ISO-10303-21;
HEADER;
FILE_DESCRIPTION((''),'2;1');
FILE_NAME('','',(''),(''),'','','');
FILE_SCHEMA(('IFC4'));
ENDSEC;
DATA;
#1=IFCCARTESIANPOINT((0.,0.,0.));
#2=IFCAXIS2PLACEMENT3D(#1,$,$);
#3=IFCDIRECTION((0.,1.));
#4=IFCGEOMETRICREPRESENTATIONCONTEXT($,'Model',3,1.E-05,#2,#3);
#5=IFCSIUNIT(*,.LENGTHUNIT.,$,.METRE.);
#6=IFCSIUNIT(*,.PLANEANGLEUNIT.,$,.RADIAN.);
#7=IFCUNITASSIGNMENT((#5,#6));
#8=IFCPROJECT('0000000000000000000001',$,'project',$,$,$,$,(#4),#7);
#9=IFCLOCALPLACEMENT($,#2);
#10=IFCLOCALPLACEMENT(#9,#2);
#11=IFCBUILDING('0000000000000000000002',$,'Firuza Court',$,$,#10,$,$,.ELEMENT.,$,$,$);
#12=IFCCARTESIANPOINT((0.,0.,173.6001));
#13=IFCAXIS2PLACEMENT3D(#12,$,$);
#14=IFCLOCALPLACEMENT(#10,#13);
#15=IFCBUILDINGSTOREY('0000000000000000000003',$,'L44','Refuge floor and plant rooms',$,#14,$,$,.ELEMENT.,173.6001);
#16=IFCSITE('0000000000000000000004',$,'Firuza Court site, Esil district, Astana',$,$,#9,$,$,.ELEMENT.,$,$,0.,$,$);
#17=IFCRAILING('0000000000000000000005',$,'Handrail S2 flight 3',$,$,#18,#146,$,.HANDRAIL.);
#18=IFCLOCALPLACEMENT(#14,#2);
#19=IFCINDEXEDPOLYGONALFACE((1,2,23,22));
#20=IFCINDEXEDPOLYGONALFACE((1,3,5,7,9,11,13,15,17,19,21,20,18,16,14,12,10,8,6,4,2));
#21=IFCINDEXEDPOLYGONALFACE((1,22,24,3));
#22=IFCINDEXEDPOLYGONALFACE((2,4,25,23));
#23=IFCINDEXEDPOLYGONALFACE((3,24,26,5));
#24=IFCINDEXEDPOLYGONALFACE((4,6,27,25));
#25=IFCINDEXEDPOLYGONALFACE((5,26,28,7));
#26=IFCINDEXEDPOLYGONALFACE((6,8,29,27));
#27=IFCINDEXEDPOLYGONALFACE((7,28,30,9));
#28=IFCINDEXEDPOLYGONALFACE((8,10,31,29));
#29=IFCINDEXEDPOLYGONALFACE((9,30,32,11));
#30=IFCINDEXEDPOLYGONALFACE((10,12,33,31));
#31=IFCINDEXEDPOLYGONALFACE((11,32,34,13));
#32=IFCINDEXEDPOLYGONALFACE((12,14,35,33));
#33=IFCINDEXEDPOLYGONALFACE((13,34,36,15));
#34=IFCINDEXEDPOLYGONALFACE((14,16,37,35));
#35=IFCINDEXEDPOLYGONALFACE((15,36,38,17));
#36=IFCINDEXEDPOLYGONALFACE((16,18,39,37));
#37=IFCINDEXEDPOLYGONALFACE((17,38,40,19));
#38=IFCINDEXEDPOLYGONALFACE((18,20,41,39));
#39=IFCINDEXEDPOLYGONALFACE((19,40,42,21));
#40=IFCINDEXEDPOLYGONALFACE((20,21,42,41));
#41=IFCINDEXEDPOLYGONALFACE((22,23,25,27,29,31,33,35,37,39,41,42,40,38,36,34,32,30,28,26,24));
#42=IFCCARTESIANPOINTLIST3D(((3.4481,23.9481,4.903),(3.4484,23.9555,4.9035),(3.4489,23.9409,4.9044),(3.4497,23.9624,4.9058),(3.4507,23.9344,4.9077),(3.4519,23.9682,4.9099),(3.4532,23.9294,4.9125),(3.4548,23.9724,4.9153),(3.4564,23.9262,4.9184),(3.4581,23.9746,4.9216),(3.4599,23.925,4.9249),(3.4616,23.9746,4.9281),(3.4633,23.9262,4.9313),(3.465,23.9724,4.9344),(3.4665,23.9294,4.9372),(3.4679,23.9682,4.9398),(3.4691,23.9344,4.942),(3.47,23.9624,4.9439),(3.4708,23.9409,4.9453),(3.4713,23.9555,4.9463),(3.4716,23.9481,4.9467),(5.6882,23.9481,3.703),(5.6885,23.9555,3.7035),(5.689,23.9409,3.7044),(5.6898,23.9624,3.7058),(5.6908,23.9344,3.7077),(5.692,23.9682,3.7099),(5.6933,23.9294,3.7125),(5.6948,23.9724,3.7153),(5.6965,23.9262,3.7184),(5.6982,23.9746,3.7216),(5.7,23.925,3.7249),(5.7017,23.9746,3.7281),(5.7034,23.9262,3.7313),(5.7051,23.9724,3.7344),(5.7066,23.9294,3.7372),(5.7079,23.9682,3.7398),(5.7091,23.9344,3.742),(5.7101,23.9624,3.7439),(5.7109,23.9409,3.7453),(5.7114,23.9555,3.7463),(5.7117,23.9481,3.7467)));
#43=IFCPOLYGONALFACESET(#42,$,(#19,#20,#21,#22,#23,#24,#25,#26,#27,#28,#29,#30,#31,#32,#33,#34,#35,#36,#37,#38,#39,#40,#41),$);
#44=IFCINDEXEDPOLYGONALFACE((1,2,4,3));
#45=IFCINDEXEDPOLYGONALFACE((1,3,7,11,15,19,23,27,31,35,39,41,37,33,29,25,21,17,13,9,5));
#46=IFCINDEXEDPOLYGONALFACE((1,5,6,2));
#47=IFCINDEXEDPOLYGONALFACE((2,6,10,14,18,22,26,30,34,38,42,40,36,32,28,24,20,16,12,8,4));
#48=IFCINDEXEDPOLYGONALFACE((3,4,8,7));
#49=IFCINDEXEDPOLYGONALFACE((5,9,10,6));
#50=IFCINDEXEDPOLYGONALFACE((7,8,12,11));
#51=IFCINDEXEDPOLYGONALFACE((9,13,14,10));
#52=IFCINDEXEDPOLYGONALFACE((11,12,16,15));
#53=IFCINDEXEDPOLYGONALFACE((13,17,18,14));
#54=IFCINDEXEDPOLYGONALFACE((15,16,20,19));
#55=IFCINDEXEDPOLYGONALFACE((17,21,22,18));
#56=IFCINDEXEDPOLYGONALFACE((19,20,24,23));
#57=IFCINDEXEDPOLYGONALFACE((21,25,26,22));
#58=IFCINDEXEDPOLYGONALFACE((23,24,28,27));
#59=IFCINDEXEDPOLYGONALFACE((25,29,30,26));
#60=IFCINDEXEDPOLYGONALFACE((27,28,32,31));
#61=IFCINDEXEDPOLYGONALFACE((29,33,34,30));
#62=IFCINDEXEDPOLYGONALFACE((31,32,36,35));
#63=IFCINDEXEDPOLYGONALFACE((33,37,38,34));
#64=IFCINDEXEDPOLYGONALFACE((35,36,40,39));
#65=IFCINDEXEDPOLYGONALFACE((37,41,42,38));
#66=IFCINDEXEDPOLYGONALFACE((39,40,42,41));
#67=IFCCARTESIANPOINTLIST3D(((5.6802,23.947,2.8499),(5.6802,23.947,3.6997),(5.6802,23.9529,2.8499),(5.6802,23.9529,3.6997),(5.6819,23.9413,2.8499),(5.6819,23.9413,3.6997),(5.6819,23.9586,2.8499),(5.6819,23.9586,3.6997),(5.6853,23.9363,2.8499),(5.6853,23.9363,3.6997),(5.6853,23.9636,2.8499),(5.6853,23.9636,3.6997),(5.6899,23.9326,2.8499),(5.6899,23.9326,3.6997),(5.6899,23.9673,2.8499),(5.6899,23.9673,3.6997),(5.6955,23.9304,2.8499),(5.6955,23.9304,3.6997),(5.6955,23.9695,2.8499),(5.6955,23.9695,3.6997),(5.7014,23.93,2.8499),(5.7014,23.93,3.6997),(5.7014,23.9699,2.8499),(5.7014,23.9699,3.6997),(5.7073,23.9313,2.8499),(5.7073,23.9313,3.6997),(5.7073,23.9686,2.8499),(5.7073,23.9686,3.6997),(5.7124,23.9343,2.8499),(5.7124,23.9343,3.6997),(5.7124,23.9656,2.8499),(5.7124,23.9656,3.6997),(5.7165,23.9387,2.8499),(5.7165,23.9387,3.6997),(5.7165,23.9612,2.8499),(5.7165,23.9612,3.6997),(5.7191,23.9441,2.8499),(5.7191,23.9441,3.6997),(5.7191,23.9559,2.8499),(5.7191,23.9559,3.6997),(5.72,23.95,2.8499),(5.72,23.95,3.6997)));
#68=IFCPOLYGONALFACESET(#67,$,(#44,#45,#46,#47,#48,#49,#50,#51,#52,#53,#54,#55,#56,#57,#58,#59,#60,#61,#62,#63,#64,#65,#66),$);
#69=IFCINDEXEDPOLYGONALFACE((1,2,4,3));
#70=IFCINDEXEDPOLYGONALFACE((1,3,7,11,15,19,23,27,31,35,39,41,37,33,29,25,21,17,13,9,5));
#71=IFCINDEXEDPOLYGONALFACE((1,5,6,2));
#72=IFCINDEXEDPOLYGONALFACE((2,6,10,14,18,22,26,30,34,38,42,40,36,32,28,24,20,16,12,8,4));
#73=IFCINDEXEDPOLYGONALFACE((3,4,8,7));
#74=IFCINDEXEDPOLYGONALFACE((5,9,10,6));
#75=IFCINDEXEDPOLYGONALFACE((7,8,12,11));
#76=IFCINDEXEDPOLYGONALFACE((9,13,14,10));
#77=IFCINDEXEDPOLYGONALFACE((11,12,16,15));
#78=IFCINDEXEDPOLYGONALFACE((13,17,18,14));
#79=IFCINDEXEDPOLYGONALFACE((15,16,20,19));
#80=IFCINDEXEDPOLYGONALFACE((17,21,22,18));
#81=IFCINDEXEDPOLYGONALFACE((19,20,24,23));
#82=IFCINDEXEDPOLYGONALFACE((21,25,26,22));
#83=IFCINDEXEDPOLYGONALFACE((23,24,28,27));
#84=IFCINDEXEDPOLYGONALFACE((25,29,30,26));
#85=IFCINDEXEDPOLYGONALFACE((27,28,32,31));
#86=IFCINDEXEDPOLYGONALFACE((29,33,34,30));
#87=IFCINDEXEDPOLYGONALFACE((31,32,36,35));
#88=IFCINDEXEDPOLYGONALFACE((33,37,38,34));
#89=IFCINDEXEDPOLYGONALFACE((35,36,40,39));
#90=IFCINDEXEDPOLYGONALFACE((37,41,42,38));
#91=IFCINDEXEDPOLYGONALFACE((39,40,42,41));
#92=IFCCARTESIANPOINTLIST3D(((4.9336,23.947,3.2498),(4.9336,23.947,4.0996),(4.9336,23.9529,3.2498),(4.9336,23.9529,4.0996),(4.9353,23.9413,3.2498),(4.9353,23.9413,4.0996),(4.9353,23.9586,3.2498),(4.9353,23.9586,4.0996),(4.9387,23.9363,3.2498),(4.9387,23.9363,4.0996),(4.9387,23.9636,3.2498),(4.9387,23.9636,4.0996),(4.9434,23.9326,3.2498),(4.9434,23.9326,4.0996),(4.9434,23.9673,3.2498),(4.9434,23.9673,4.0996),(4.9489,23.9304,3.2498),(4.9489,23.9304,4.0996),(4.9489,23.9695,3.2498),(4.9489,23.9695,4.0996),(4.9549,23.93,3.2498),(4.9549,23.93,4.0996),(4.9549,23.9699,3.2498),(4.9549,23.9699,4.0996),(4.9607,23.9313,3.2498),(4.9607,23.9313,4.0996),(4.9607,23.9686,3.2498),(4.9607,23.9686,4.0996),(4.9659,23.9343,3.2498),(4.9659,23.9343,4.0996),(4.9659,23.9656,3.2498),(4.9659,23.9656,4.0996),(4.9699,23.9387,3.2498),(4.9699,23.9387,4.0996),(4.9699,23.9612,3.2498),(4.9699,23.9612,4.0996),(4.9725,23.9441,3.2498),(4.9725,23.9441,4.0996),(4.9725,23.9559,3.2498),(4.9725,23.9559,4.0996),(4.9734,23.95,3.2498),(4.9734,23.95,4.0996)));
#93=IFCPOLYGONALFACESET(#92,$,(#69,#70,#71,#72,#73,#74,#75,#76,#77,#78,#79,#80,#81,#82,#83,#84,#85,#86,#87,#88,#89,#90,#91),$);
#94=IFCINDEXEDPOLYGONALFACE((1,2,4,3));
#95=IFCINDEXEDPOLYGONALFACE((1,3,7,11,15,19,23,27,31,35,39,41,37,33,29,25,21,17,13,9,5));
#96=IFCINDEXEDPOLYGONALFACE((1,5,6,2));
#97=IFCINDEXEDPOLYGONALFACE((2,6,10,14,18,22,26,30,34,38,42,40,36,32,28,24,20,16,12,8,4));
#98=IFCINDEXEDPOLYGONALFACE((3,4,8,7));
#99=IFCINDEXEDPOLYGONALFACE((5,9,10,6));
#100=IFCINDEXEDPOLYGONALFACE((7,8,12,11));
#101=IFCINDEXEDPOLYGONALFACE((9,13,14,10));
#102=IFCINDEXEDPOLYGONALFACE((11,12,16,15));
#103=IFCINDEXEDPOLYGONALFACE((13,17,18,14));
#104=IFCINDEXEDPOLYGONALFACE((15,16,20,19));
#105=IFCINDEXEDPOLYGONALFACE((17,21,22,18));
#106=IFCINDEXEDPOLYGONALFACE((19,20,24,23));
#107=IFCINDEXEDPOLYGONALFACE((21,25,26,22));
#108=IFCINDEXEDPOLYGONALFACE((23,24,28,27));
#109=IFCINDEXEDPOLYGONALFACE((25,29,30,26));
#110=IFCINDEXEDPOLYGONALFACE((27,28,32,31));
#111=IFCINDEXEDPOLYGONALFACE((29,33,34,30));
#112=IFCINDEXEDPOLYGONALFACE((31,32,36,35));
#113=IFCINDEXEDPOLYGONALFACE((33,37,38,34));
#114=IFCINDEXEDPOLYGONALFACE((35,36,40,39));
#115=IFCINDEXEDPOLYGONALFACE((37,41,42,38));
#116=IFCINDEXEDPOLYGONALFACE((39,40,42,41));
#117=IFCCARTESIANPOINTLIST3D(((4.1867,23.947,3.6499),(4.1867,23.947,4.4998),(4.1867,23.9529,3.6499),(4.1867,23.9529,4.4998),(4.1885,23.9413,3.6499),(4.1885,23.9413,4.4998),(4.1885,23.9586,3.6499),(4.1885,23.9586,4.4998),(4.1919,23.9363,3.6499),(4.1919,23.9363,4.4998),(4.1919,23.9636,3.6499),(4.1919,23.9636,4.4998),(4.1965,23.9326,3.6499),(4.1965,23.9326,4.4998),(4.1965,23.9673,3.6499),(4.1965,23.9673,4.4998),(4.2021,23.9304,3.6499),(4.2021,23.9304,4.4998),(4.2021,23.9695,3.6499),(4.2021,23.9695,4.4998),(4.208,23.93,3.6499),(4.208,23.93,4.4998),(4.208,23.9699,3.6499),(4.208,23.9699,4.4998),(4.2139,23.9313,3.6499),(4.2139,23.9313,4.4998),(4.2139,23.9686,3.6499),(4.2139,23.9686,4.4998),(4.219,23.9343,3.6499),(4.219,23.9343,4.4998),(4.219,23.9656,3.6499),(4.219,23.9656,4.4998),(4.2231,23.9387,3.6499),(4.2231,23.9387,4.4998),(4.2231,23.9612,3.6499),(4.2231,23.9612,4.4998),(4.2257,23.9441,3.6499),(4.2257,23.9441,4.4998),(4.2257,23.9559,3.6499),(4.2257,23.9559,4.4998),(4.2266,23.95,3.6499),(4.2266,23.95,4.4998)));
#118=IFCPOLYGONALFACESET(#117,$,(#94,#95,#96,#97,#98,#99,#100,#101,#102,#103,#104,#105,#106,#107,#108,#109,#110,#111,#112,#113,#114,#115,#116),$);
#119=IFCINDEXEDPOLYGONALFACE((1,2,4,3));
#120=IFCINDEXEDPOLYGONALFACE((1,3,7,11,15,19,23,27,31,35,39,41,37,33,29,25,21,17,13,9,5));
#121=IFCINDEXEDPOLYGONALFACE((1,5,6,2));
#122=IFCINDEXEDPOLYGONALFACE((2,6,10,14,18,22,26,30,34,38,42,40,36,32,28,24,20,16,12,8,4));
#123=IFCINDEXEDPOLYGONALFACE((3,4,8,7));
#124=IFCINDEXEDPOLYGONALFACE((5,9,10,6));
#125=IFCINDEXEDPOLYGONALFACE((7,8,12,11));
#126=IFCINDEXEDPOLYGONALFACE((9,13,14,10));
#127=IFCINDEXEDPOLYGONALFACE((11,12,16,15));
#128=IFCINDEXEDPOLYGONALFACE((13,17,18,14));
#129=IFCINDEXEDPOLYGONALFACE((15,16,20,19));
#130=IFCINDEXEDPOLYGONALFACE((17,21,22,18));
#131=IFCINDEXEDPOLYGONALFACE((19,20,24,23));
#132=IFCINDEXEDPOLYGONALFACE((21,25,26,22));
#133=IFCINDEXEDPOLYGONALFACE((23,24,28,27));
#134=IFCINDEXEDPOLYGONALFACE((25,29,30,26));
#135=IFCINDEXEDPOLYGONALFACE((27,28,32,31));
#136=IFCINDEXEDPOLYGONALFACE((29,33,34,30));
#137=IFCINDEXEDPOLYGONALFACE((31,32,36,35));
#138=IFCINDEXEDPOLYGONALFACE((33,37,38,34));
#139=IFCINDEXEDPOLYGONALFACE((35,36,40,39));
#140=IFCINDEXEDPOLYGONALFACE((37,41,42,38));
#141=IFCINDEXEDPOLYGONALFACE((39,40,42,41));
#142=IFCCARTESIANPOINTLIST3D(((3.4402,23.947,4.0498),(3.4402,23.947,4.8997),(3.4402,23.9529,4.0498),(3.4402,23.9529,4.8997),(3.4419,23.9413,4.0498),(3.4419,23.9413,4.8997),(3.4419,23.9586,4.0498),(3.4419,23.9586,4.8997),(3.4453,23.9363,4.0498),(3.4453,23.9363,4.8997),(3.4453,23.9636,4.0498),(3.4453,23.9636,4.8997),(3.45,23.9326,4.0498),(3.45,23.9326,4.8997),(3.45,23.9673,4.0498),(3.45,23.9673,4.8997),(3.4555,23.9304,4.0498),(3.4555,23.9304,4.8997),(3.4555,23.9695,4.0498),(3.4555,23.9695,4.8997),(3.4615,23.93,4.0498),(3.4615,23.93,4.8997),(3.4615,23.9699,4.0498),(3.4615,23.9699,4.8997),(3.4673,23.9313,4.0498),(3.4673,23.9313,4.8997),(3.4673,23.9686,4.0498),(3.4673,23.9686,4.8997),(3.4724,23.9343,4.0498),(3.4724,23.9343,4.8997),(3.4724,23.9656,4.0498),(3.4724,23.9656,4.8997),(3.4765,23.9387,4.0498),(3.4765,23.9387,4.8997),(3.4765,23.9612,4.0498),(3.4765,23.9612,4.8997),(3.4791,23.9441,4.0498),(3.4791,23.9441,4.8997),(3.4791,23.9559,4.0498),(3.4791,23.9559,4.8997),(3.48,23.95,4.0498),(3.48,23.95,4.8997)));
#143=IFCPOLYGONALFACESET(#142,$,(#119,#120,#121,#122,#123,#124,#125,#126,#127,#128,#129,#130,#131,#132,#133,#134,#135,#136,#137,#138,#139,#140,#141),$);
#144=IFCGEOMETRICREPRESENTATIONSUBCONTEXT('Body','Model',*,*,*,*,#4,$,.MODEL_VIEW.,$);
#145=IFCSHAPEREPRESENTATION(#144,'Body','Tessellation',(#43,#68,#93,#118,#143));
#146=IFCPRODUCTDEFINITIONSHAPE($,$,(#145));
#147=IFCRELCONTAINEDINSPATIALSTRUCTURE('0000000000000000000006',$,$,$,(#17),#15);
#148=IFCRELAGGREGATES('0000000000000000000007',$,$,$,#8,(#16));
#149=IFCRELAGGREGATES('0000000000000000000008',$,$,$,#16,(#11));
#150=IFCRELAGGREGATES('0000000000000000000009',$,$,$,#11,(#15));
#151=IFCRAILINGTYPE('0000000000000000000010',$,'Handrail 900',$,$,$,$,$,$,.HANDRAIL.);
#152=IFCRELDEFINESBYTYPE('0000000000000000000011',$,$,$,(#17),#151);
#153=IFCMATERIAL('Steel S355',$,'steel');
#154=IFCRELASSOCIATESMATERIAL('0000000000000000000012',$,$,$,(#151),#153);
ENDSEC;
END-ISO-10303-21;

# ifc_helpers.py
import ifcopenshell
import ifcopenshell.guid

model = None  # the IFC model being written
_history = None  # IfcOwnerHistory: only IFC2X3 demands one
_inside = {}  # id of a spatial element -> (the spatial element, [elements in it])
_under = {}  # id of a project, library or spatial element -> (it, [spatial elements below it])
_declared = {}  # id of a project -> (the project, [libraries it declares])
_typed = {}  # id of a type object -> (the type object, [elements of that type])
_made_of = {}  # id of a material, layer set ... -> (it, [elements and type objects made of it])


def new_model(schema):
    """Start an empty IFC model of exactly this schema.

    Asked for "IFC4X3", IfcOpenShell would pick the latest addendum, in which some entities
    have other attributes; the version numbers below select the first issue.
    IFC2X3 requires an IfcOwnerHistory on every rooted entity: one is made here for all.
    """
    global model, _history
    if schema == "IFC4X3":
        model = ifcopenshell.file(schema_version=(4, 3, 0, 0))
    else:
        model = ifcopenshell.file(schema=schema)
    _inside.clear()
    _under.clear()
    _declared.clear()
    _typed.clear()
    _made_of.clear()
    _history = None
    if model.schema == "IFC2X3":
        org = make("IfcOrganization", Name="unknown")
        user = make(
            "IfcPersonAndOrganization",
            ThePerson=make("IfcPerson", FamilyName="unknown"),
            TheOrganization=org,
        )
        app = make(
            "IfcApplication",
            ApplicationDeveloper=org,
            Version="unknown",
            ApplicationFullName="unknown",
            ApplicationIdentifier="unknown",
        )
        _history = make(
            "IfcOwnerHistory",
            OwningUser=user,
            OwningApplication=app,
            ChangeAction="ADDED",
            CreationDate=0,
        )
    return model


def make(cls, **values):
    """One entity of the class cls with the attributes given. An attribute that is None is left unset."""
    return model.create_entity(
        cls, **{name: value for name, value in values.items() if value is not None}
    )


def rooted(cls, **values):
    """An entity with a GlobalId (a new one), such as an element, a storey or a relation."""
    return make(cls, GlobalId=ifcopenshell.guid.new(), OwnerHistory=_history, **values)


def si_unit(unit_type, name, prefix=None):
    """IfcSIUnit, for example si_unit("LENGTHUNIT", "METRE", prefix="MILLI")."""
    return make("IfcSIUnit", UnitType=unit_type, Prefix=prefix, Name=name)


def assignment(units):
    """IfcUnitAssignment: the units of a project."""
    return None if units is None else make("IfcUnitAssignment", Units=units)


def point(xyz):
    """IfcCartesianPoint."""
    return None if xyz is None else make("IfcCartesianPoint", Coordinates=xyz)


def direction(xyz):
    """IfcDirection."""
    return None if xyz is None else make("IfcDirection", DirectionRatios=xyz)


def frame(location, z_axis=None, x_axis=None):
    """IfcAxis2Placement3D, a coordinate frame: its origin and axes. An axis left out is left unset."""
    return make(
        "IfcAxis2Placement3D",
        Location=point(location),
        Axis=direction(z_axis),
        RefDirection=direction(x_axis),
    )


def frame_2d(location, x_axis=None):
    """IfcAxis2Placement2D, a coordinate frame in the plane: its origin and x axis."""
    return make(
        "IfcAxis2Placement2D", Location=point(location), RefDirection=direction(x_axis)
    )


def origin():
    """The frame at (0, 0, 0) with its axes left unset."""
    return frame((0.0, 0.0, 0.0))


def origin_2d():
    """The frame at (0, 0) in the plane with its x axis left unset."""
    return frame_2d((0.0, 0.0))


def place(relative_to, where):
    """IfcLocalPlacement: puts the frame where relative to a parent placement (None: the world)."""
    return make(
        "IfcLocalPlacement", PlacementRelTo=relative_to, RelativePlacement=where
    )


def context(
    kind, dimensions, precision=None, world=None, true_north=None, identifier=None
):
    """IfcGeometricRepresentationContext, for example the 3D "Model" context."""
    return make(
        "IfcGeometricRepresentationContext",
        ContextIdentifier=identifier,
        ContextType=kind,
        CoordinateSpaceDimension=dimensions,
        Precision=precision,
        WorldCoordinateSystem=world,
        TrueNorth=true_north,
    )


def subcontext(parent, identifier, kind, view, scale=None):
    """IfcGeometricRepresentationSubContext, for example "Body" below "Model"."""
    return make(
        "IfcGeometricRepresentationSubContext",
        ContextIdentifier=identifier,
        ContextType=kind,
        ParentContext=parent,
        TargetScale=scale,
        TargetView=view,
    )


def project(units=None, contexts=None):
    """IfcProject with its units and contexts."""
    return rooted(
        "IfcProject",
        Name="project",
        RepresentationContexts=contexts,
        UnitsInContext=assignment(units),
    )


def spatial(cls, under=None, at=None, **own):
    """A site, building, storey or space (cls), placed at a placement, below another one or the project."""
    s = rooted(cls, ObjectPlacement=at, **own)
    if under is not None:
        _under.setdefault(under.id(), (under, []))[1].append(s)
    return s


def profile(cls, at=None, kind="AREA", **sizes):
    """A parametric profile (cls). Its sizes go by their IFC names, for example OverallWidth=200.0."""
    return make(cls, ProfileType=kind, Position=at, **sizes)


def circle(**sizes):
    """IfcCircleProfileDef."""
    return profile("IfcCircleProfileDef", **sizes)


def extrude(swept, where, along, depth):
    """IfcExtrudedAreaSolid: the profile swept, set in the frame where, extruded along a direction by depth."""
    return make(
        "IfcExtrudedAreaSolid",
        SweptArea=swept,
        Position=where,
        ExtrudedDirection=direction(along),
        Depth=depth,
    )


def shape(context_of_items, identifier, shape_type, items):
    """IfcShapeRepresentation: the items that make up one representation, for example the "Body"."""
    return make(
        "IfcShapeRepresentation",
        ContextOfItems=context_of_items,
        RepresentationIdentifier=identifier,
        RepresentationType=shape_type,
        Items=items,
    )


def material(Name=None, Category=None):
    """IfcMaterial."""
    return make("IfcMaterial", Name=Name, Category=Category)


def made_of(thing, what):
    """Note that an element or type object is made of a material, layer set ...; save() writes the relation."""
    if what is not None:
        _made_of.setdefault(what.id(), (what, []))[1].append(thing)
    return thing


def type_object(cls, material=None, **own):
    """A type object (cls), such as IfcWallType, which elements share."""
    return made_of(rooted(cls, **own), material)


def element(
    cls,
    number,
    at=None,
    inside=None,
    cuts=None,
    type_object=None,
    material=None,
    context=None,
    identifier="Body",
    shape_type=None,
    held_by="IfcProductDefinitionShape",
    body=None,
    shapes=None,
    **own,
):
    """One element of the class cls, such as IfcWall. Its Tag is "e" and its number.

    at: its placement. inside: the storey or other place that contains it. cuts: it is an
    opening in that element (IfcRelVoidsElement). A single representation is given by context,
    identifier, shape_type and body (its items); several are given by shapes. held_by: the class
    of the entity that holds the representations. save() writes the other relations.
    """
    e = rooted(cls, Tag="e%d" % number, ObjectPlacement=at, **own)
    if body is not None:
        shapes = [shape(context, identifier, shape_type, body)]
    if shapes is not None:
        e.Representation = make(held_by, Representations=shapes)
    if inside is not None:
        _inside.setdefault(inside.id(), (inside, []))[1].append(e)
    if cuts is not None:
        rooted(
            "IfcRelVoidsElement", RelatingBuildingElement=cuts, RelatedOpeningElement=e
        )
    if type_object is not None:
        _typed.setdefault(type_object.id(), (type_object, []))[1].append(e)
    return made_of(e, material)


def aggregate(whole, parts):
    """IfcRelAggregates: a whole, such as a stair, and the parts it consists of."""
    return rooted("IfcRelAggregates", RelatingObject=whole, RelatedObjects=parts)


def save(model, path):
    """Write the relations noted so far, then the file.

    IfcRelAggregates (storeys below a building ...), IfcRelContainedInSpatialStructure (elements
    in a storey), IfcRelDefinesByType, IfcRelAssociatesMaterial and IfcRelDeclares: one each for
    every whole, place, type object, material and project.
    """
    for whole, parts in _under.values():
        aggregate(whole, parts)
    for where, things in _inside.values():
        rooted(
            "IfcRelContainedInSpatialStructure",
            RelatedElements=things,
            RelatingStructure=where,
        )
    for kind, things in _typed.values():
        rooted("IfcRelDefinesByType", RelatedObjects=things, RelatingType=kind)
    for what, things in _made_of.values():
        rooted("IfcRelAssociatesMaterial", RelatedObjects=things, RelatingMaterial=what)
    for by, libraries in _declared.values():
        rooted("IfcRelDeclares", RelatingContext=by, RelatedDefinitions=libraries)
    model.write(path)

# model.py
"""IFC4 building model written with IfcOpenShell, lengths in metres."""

from ifc_helpers import new_model, si_unit, direction, frame, origin, origin_2d, place, context, subcontext, project, spatial, circle, extrude, material, type_object, element, save


model = new_model("IFC4")

# Units and contexts
model_context = context("Model", 3, precision=1e-05, world=origin(), true_north=direction((0.0, 1.0)))
body_context = subcontext(model_context, "Body", "Model", "MODEL_VIEW")
ifc_project = project(units=[si_unit("LENGTHUNIT", "METRE"), si_unit("PLANEANGLEUNIT", "RADIAN")], contexts=[model_context])

# Site, building, storey
site_placement = place(None, origin())
site = spatial("IfcSite", under=ifc_project, at=site_placement, Name="Firuza Court site, Esil district, Astana", CompositionType="ELEMENT", RefElevation=0.0)
building_placement = place(site_placement, origin())
building = spatial("IfcBuilding", under=site, at=building_placement, Name="Firuza Court", CompositionType="ELEMENT")
storey_placement = place(building_placement, frame((0.0, 0.0, 173.6001)))
storey = spatial("IfcBuildingStorey", under=building, at=storey_placement, Name="L44", Description="Refuge floor and plant rooms", CompositionType="ELEMENT", Elevation=173.6001)

# Railing
ifc_material_1 = material(Name="Steel S355", Category="steel")
railing_type_1 = type_object("IfcRailingType", Name="Handrail 900", PredefinedType="HANDRAIL", material=ifc_material_1)
railing_1_placement = place(storey_placement, frame((5.7, 23.95, 2.8499)))
element("IfcRailing", 1, at=railing_1_placement, inside=storey, type_object=railing_type_1, Name="Handrail S2 flight 3", PredefinedType="HANDRAIL", context=body_context, shape_type="SweptSolid", body=[
    extrude(circle(Radius=0.0249, at=origin_2d()), frame((0.0, 0.0, 0.875), z_axis=(-0.881487, 0.0, 0.472208), x_axis=(0.0, -1.0, 0.0)), (0.0, 0.0, 1.0), 2.5413),
    extrude(circle(Radius=0.02, at=origin_2d()), origin(), (0.0, 0.0, 1.0), 0.8499),
    extrude(circle(Radius=0.02, at=origin_2d()), frame((-0.7466, 0.0, 0.3999)), (0.0, 0.0, 1.0), 0.8499),
    extrude(circle(Radius=0.02, at=origin_2d()), frame((-1.4934, 0.0, 0.8)), (0.0, 0.0, 1.0), 0.8499),
    extrude(circle(Radius=0.02, at=origin_2d()), frame((-2.24, 0.0, 1.2)), (0.0, 0.0, 1.0), 0.8499),
])

save(model, "model.ifc")
